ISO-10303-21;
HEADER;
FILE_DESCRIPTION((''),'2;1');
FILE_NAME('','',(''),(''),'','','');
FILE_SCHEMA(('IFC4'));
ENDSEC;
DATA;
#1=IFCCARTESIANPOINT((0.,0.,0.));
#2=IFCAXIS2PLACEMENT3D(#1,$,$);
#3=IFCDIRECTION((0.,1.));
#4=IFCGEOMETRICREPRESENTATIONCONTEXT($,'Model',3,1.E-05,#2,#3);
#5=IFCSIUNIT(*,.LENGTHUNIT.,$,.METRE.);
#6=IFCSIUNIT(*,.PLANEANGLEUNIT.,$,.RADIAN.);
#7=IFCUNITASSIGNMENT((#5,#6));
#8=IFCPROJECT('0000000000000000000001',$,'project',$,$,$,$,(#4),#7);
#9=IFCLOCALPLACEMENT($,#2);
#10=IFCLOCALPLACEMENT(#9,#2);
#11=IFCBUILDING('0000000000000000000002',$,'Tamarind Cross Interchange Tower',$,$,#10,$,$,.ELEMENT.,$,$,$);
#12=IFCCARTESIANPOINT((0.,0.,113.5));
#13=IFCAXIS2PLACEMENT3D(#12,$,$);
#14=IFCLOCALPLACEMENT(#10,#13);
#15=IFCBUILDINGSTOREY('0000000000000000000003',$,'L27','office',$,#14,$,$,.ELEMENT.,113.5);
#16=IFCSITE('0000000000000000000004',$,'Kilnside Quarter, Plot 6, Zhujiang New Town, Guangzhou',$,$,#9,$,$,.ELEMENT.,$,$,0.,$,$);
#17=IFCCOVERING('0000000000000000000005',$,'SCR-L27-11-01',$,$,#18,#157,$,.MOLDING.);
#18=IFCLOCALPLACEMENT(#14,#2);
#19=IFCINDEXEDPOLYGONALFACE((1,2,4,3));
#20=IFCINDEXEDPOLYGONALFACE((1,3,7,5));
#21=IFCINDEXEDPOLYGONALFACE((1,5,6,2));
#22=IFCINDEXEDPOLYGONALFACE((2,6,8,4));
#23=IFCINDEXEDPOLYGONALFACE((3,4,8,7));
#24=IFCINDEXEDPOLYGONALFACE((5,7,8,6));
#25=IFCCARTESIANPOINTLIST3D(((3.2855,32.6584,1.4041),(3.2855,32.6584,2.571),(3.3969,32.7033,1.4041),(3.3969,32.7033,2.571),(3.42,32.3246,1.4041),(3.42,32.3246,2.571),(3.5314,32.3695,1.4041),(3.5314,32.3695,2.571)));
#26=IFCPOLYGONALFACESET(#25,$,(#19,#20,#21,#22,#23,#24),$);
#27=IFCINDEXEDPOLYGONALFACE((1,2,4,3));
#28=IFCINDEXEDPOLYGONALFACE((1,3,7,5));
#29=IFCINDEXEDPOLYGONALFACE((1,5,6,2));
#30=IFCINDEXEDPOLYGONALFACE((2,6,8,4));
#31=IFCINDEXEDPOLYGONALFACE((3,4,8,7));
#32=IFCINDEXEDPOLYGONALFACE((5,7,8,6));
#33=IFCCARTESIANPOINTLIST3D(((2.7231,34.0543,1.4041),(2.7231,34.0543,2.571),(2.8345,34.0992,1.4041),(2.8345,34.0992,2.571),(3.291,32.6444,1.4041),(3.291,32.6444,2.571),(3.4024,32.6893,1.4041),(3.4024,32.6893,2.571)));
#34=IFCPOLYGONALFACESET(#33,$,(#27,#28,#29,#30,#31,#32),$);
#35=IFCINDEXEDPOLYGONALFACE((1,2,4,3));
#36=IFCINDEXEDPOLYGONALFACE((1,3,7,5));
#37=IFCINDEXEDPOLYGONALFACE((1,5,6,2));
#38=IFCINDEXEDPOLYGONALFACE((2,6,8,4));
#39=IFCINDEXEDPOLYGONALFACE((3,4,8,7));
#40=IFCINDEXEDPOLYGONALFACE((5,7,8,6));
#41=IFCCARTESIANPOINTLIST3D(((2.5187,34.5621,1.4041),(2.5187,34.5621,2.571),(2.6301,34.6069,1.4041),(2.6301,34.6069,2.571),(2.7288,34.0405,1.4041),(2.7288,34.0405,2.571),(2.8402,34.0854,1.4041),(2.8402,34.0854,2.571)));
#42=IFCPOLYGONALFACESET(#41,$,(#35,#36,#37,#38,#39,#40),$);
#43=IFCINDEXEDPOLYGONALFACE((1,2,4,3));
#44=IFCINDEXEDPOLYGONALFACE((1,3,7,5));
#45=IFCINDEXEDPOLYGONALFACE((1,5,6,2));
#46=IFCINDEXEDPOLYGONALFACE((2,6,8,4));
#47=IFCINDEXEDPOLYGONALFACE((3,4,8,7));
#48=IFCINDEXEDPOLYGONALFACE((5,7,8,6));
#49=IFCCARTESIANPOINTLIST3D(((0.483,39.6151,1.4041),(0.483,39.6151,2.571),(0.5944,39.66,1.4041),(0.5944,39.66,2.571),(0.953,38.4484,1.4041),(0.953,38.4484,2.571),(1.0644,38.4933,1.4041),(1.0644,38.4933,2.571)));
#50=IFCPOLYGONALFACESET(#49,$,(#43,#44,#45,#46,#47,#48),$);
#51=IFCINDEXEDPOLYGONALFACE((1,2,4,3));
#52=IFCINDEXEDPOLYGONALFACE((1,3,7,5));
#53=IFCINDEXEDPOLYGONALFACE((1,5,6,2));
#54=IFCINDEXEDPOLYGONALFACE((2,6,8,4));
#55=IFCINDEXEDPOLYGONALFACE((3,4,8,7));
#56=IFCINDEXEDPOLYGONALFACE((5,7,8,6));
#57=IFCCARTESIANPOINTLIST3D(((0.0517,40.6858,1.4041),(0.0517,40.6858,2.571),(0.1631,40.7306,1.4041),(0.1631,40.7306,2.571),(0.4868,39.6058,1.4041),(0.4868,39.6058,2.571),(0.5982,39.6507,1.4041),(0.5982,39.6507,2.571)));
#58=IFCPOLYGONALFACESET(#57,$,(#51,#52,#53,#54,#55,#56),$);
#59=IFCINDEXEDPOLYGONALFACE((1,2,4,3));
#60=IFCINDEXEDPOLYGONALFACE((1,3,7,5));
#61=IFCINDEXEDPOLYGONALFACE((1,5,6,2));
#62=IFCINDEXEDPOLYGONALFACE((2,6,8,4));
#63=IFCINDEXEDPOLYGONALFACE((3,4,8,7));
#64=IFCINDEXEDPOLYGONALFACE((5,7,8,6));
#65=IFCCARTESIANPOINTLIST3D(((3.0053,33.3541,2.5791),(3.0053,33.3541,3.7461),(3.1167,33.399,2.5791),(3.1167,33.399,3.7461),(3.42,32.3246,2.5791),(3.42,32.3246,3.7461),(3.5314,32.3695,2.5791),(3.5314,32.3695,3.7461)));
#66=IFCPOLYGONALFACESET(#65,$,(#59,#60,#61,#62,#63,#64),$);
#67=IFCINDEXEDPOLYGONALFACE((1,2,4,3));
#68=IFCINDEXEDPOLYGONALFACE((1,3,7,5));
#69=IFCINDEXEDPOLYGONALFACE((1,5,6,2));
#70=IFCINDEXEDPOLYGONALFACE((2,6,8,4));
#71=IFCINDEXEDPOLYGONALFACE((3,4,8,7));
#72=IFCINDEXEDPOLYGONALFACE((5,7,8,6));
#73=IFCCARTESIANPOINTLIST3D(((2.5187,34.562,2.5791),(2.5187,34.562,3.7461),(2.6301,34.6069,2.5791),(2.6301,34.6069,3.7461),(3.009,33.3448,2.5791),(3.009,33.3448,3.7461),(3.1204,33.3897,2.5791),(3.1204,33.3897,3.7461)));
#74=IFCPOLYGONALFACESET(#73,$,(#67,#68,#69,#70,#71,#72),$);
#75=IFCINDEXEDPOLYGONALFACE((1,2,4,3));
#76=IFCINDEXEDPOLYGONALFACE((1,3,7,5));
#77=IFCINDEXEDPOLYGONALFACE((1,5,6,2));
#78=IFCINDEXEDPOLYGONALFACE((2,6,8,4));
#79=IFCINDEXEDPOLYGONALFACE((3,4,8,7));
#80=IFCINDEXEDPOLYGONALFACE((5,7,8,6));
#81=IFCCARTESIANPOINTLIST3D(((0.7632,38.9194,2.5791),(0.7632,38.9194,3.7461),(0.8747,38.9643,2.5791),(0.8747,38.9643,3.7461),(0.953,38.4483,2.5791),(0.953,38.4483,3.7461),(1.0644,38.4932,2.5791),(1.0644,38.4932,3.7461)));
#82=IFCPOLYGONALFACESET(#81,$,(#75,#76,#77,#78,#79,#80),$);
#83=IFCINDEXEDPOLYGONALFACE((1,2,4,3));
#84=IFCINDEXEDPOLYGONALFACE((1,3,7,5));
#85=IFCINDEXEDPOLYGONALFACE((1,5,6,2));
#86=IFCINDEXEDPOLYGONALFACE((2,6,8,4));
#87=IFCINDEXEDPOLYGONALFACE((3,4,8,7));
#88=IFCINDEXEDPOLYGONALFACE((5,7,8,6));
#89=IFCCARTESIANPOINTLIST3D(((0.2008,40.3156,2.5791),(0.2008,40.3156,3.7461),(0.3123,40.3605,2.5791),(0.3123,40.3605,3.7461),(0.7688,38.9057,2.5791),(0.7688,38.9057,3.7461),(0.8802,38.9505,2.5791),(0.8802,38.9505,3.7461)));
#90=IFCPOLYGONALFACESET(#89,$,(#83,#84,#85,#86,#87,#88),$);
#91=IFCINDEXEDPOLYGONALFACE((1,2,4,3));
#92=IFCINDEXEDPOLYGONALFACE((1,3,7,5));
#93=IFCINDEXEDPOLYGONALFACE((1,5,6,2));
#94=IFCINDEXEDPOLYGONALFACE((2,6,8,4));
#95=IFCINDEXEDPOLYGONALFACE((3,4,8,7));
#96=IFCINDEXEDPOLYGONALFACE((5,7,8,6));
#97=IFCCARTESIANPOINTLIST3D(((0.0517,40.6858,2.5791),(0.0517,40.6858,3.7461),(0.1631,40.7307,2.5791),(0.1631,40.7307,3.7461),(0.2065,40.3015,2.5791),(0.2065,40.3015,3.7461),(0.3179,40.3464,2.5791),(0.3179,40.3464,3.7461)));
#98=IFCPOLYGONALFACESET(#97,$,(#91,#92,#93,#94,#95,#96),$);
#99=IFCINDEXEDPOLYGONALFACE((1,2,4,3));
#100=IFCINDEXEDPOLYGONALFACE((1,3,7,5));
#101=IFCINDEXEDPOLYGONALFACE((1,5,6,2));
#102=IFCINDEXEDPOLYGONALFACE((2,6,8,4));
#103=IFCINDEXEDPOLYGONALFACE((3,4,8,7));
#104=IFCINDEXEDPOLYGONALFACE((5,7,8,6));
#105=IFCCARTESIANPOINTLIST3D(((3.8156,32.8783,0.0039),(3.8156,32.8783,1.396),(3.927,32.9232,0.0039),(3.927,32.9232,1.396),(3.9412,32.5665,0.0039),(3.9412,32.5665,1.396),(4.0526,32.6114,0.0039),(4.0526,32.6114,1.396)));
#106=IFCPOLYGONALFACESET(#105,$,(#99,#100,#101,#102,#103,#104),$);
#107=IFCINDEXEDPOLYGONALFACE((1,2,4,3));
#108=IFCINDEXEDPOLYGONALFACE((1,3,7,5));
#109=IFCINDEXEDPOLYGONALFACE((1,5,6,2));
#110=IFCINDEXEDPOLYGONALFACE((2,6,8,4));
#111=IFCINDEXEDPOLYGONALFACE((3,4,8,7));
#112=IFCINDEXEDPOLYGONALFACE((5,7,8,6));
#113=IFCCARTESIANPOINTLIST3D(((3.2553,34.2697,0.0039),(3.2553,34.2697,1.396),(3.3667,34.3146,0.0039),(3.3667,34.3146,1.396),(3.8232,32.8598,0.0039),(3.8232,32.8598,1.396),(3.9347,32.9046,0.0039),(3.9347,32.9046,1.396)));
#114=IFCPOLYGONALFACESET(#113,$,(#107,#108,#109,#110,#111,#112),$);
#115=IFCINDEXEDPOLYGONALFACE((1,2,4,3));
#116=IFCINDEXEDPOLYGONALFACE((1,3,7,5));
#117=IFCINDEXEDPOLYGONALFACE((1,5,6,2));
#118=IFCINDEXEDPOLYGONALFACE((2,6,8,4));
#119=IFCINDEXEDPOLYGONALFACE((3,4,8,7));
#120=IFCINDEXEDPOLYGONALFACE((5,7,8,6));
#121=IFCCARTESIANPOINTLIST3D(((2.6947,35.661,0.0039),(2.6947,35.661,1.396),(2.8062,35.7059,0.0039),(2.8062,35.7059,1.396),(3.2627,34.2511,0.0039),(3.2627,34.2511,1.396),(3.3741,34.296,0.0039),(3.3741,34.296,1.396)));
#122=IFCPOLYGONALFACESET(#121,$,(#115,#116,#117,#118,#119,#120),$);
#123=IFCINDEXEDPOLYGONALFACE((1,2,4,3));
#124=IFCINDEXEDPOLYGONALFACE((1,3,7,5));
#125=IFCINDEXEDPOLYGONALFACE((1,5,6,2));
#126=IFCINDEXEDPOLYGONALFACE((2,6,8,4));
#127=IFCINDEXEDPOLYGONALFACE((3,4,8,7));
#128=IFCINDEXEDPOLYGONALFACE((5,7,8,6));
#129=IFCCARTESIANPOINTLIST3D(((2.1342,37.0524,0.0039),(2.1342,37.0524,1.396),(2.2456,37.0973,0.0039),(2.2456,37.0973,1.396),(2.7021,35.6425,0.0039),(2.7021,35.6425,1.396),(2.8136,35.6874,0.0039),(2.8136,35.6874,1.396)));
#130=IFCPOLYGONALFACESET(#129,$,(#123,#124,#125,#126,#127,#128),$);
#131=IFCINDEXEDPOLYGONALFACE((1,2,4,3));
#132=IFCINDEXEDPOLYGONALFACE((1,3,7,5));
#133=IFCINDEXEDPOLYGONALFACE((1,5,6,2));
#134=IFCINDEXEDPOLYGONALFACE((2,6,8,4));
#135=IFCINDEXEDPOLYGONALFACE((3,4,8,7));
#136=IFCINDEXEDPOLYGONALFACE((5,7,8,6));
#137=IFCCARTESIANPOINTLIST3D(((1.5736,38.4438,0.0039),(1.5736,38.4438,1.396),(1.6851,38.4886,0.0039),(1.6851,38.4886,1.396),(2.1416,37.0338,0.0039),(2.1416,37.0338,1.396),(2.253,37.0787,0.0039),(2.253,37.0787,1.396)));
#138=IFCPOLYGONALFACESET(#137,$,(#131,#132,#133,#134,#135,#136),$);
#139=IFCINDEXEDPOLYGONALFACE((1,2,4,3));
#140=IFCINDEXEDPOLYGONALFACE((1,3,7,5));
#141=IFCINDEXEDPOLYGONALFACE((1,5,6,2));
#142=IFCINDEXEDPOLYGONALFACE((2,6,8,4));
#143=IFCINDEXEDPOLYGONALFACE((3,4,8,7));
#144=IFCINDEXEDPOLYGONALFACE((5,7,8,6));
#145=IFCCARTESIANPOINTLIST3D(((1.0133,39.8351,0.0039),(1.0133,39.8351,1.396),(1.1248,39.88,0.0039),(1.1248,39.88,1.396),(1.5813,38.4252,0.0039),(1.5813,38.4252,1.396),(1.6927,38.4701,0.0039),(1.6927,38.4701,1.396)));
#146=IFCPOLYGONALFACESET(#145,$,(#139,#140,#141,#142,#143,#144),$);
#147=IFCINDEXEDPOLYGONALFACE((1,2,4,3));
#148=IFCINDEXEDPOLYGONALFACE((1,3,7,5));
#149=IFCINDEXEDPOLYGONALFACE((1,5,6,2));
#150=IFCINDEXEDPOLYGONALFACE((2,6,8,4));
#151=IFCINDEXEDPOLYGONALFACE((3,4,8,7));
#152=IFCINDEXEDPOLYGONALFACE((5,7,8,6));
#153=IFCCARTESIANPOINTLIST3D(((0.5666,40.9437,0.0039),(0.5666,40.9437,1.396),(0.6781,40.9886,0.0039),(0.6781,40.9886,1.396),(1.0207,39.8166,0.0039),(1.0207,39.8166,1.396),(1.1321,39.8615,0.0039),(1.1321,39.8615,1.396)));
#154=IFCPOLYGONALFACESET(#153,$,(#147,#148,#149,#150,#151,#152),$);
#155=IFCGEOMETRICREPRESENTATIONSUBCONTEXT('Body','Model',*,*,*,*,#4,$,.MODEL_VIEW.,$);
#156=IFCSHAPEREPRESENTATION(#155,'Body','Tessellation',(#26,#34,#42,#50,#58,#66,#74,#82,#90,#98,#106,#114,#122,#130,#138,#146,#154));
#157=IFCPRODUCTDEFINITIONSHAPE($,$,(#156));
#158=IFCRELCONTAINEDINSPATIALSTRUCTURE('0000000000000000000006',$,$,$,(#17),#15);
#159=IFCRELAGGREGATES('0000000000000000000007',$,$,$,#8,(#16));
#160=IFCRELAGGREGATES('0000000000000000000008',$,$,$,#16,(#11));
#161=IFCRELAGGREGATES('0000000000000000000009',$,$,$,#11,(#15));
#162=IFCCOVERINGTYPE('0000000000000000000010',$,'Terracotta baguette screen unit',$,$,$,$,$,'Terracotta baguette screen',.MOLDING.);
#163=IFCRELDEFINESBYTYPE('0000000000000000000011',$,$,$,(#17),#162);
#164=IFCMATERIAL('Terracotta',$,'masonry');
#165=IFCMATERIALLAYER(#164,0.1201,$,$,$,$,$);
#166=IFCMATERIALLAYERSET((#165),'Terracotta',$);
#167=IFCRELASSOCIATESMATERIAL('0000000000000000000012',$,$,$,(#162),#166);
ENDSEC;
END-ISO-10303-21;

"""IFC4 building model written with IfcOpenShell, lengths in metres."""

from ifc_helpers import new_model, si_unit, direction, frame, origin, origin_2d, place, context, subcontext, project, spatial, rectangle, extrude, material, layer, layer_set, type_object, element, save


model = new_model("IFC4")

# Units and contexts
model_context = context("Model", 3, precision=1e-05, world=origin(), true_north=direction((0.0, 1.0)))
body_context = subcontext(model_context, "Body", "Model", "MODEL_VIEW")
ifc_project = project(units=[si_unit("LENGTHUNIT", "METRE"), si_unit("PLANEANGLEUNIT", "RADIAN")], contexts=[model_context])

# Site, building, storey
site_placement = place(None, origin())
site = spatial("IfcSite", under=ifc_project, at=site_placement, Name="Kilnside Quarter, Plot 6, Zhujiang New Town, Guangzhou", CompositionType="ELEMENT", RefElevation=0.0)
building_placement = place(site_placement, origin())
building = spatial("IfcBuilding", under=site, at=building_placement, Name="Tamarind Cross Interchange Tower", CompositionType="ELEMENT")
storey_placement = place(building_placement, frame((0.0, 0.0, 113.5)))
storey = spatial("IfcBuildingStorey", under=building, at=storey_placement, Name="L27", Description="office", CompositionType="ELEMENT", Elevation=113.5)

# Covering
ifc_material_1 = material(Name="Terracotta", Category="masonry")
ifc_layer_1 = layer(ifc_material_1, 0.1201)
ifc_layer_set_1 = layer_set([ifc_layer_1], Name="Terracotta")
covering_type = type_object("IfcCoveringType", Name="Terracotta baguette screen unit", ElementType="Terracotta baguette screen", PredefinedType="MOLDING", material=ifc_layer_set_1)
covering_1_placement = place(storey_placement, origin())
element("IfcCovering", 1, at=covering_1_placement, inside=storey, type_object=covering_type, Name="SCR-L27-11-01", PredefinedType="MOLDING", context=body_context, shape_type="SweptSolid", body=[
    extrude(rectangle(XDim=0.3599, YDim=0.1201, at=origin_2d()), frame((3.4084, 32.5139, 1.4041), z_axis=(0.0, 0.0, 1.0), x_axis=(-0.373648, 0.92757, 0.0)), (0.0, 0.0, 1.0), 1.167),
    extrude(rectangle(XDim=1.52, YDim=0.1201, at=origin_2d()), frame((3.0627, 33.3718, 1.4041), z_axis=(0.0, 0.0, 1.0), x_axis=(-0.373648, 0.92757, 0.0)), (0.0, 0.0, 1.0), 1.167),
    extrude(rectangle(XDim=0.5623, YDim=0.1201, at=origin_2d()), frame((2.6794, 34.3237, 1.4041), z_axis=(0.0, 0.0, 1.0), x_axis=(-0.373648, 0.92757, 0.0)), (0.0, 0.0, 1.0), 1.167),
    extrude(rectangle(XDim=1.2578, YDim=0.1201, at=origin_2d()), frame((0.7737, 39.0542, 1.4041), z_axis=(0.0, 0.0, 1.0), x_axis=(-0.373648, 0.92757, 0.0)), (0.0, 0.0, 1.0), 1.167),
    extrude(rectangle(XDim=1.1643, YDim=0.1201, at=origin_2d()), frame((0.325, 40.1682, 1.4041), z_axis=(0.0, 0.0, 1.0), x_axis=(-0.373648, 0.92757, 0.0)), (0.0, 0.0, 1.0), 1.167),
    extrude(rectangle(XDim=1.1099, YDim=0.1201, at=origin_2d()), frame((3.2683, 32.8618, 2.5791), z_axis=(0.0, 0.0, 1.0), x_axis=(-0.373648, 0.92757, 0.0)), (0.0, 0.0, 1.0), 1.167),
    extrude(rectangle(XDim=1.3123, YDim=0.1201, at=origin_2d()), frame((2.8196, 33.9758, 2.5791), z_axis=(0.0, 0.0, 1.0), x_axis=(-0.373648, 0.92757, 0.0)), (0.0, 0.0, 1.0), 1.167),
    extrude(rectangle(XDim=0.5078, YDim=0.1201, at=origin_2d()), frame((0.9138, 38.7063, 2.5791), z_axis=(0.0, 0.0, 1.0), x_axis=(-0.373648, 0.92757, 0.0)), (0.0, 0.0, 1.0), 1.167),
    extrude(rectangle(XDim=1.52, YDim=0.1201, at=origin_2d()), frame((0.5405, 39.6331, 2.5791), z_axis=(0.0, 0.0, 1.0), x_axis=(-0.373648, 0.92757, 0.0)), (0.0, 0.0, 1.0), 1.167),
    extrude(rectangle(XDim=0.4143, YDim=0.1201, at=origin_2d()), frame((0.1848, 40.5161, 2.5791), z_axis=(0.0, 0.0, 1.0), x_axis=(-0.373648, 0.92757, 0.0)), (0.0, 0.0, 1.0), 1.167),
    extrude(rectangle(XDim=0.3362, YDim=0.1201, at=origin_2d()), frame((3.9341, 32.7449, 0.0039), z_axis=(0.0, 0.0, 1.0), x_axis=(-0.373648, 0.92757, 0.0)), (0.0, 0.0, 1.0), 1.3921),
    extrude(rectangle(XDim=1.52, YDim=0.1201, at=origin_2d()), frame((3.595, 33.5872, 0.0039), z_axis=(0.0, 0.0, 1.0), x_axis=(-0.373648, 0.92757, 0.0)), (0.0, 0.0, 1.0), 1.3921),
    extrude(rectangle(XDim=1.52, YDim=0.1201, at=origin_2d()), frame((3.0344, 34.9785, 0.0039), z_axis=(0.0, 0.0, 1.0), x_axis=(-0.373648, 0.92757, 0.0)), (0.0, 0.0, 1.0), 1.3921),
    extrude(rectangle(XDim=1.52, YDim=0.1201, at=origin_2d()), frame((2.4739, 36.3699, 0.0039), z_axis=(0.0, 0.0, 1.0), x_axis=(-0.373648, 0.92757, 0.0)), (0.0, 0.0, 1.0), 1.3921),
    extrude(rectangle(XDim=1.52, YDim=0.1201, at=origin_2d()), frame((1.9133, 37.7612, 0.0039), z_axis=(0.0, 0.0, 1.0), x_axis=(-0.373648, 0.92757, 0.0)), (0.0, 0.0, 1.0), 1.3921),
    extrude(rectangle(XDim=1.52, YDim=0.1201, at=origin_2d()), frame((1.353, 39.1526, 0.0039), z_axis=(0.0, 0.0, 1.0), x_axis=(-0.373648, 0.92757, 0.0)), (0.0, 0.0, 1.0), 1.3921),
    extrude(rectangle(XDim=1.2151, YDim=0.1201, at=origin_2d()), frame((0.8494, 40.4026, 0.0039), z_axis=(0.0, 0.0, 1.0), x_axis=(-0.373648, 0.92757, 0.0)), (0.0, 0.0, 1.0), 1.3921),
])

save(model, "model.ifc")
